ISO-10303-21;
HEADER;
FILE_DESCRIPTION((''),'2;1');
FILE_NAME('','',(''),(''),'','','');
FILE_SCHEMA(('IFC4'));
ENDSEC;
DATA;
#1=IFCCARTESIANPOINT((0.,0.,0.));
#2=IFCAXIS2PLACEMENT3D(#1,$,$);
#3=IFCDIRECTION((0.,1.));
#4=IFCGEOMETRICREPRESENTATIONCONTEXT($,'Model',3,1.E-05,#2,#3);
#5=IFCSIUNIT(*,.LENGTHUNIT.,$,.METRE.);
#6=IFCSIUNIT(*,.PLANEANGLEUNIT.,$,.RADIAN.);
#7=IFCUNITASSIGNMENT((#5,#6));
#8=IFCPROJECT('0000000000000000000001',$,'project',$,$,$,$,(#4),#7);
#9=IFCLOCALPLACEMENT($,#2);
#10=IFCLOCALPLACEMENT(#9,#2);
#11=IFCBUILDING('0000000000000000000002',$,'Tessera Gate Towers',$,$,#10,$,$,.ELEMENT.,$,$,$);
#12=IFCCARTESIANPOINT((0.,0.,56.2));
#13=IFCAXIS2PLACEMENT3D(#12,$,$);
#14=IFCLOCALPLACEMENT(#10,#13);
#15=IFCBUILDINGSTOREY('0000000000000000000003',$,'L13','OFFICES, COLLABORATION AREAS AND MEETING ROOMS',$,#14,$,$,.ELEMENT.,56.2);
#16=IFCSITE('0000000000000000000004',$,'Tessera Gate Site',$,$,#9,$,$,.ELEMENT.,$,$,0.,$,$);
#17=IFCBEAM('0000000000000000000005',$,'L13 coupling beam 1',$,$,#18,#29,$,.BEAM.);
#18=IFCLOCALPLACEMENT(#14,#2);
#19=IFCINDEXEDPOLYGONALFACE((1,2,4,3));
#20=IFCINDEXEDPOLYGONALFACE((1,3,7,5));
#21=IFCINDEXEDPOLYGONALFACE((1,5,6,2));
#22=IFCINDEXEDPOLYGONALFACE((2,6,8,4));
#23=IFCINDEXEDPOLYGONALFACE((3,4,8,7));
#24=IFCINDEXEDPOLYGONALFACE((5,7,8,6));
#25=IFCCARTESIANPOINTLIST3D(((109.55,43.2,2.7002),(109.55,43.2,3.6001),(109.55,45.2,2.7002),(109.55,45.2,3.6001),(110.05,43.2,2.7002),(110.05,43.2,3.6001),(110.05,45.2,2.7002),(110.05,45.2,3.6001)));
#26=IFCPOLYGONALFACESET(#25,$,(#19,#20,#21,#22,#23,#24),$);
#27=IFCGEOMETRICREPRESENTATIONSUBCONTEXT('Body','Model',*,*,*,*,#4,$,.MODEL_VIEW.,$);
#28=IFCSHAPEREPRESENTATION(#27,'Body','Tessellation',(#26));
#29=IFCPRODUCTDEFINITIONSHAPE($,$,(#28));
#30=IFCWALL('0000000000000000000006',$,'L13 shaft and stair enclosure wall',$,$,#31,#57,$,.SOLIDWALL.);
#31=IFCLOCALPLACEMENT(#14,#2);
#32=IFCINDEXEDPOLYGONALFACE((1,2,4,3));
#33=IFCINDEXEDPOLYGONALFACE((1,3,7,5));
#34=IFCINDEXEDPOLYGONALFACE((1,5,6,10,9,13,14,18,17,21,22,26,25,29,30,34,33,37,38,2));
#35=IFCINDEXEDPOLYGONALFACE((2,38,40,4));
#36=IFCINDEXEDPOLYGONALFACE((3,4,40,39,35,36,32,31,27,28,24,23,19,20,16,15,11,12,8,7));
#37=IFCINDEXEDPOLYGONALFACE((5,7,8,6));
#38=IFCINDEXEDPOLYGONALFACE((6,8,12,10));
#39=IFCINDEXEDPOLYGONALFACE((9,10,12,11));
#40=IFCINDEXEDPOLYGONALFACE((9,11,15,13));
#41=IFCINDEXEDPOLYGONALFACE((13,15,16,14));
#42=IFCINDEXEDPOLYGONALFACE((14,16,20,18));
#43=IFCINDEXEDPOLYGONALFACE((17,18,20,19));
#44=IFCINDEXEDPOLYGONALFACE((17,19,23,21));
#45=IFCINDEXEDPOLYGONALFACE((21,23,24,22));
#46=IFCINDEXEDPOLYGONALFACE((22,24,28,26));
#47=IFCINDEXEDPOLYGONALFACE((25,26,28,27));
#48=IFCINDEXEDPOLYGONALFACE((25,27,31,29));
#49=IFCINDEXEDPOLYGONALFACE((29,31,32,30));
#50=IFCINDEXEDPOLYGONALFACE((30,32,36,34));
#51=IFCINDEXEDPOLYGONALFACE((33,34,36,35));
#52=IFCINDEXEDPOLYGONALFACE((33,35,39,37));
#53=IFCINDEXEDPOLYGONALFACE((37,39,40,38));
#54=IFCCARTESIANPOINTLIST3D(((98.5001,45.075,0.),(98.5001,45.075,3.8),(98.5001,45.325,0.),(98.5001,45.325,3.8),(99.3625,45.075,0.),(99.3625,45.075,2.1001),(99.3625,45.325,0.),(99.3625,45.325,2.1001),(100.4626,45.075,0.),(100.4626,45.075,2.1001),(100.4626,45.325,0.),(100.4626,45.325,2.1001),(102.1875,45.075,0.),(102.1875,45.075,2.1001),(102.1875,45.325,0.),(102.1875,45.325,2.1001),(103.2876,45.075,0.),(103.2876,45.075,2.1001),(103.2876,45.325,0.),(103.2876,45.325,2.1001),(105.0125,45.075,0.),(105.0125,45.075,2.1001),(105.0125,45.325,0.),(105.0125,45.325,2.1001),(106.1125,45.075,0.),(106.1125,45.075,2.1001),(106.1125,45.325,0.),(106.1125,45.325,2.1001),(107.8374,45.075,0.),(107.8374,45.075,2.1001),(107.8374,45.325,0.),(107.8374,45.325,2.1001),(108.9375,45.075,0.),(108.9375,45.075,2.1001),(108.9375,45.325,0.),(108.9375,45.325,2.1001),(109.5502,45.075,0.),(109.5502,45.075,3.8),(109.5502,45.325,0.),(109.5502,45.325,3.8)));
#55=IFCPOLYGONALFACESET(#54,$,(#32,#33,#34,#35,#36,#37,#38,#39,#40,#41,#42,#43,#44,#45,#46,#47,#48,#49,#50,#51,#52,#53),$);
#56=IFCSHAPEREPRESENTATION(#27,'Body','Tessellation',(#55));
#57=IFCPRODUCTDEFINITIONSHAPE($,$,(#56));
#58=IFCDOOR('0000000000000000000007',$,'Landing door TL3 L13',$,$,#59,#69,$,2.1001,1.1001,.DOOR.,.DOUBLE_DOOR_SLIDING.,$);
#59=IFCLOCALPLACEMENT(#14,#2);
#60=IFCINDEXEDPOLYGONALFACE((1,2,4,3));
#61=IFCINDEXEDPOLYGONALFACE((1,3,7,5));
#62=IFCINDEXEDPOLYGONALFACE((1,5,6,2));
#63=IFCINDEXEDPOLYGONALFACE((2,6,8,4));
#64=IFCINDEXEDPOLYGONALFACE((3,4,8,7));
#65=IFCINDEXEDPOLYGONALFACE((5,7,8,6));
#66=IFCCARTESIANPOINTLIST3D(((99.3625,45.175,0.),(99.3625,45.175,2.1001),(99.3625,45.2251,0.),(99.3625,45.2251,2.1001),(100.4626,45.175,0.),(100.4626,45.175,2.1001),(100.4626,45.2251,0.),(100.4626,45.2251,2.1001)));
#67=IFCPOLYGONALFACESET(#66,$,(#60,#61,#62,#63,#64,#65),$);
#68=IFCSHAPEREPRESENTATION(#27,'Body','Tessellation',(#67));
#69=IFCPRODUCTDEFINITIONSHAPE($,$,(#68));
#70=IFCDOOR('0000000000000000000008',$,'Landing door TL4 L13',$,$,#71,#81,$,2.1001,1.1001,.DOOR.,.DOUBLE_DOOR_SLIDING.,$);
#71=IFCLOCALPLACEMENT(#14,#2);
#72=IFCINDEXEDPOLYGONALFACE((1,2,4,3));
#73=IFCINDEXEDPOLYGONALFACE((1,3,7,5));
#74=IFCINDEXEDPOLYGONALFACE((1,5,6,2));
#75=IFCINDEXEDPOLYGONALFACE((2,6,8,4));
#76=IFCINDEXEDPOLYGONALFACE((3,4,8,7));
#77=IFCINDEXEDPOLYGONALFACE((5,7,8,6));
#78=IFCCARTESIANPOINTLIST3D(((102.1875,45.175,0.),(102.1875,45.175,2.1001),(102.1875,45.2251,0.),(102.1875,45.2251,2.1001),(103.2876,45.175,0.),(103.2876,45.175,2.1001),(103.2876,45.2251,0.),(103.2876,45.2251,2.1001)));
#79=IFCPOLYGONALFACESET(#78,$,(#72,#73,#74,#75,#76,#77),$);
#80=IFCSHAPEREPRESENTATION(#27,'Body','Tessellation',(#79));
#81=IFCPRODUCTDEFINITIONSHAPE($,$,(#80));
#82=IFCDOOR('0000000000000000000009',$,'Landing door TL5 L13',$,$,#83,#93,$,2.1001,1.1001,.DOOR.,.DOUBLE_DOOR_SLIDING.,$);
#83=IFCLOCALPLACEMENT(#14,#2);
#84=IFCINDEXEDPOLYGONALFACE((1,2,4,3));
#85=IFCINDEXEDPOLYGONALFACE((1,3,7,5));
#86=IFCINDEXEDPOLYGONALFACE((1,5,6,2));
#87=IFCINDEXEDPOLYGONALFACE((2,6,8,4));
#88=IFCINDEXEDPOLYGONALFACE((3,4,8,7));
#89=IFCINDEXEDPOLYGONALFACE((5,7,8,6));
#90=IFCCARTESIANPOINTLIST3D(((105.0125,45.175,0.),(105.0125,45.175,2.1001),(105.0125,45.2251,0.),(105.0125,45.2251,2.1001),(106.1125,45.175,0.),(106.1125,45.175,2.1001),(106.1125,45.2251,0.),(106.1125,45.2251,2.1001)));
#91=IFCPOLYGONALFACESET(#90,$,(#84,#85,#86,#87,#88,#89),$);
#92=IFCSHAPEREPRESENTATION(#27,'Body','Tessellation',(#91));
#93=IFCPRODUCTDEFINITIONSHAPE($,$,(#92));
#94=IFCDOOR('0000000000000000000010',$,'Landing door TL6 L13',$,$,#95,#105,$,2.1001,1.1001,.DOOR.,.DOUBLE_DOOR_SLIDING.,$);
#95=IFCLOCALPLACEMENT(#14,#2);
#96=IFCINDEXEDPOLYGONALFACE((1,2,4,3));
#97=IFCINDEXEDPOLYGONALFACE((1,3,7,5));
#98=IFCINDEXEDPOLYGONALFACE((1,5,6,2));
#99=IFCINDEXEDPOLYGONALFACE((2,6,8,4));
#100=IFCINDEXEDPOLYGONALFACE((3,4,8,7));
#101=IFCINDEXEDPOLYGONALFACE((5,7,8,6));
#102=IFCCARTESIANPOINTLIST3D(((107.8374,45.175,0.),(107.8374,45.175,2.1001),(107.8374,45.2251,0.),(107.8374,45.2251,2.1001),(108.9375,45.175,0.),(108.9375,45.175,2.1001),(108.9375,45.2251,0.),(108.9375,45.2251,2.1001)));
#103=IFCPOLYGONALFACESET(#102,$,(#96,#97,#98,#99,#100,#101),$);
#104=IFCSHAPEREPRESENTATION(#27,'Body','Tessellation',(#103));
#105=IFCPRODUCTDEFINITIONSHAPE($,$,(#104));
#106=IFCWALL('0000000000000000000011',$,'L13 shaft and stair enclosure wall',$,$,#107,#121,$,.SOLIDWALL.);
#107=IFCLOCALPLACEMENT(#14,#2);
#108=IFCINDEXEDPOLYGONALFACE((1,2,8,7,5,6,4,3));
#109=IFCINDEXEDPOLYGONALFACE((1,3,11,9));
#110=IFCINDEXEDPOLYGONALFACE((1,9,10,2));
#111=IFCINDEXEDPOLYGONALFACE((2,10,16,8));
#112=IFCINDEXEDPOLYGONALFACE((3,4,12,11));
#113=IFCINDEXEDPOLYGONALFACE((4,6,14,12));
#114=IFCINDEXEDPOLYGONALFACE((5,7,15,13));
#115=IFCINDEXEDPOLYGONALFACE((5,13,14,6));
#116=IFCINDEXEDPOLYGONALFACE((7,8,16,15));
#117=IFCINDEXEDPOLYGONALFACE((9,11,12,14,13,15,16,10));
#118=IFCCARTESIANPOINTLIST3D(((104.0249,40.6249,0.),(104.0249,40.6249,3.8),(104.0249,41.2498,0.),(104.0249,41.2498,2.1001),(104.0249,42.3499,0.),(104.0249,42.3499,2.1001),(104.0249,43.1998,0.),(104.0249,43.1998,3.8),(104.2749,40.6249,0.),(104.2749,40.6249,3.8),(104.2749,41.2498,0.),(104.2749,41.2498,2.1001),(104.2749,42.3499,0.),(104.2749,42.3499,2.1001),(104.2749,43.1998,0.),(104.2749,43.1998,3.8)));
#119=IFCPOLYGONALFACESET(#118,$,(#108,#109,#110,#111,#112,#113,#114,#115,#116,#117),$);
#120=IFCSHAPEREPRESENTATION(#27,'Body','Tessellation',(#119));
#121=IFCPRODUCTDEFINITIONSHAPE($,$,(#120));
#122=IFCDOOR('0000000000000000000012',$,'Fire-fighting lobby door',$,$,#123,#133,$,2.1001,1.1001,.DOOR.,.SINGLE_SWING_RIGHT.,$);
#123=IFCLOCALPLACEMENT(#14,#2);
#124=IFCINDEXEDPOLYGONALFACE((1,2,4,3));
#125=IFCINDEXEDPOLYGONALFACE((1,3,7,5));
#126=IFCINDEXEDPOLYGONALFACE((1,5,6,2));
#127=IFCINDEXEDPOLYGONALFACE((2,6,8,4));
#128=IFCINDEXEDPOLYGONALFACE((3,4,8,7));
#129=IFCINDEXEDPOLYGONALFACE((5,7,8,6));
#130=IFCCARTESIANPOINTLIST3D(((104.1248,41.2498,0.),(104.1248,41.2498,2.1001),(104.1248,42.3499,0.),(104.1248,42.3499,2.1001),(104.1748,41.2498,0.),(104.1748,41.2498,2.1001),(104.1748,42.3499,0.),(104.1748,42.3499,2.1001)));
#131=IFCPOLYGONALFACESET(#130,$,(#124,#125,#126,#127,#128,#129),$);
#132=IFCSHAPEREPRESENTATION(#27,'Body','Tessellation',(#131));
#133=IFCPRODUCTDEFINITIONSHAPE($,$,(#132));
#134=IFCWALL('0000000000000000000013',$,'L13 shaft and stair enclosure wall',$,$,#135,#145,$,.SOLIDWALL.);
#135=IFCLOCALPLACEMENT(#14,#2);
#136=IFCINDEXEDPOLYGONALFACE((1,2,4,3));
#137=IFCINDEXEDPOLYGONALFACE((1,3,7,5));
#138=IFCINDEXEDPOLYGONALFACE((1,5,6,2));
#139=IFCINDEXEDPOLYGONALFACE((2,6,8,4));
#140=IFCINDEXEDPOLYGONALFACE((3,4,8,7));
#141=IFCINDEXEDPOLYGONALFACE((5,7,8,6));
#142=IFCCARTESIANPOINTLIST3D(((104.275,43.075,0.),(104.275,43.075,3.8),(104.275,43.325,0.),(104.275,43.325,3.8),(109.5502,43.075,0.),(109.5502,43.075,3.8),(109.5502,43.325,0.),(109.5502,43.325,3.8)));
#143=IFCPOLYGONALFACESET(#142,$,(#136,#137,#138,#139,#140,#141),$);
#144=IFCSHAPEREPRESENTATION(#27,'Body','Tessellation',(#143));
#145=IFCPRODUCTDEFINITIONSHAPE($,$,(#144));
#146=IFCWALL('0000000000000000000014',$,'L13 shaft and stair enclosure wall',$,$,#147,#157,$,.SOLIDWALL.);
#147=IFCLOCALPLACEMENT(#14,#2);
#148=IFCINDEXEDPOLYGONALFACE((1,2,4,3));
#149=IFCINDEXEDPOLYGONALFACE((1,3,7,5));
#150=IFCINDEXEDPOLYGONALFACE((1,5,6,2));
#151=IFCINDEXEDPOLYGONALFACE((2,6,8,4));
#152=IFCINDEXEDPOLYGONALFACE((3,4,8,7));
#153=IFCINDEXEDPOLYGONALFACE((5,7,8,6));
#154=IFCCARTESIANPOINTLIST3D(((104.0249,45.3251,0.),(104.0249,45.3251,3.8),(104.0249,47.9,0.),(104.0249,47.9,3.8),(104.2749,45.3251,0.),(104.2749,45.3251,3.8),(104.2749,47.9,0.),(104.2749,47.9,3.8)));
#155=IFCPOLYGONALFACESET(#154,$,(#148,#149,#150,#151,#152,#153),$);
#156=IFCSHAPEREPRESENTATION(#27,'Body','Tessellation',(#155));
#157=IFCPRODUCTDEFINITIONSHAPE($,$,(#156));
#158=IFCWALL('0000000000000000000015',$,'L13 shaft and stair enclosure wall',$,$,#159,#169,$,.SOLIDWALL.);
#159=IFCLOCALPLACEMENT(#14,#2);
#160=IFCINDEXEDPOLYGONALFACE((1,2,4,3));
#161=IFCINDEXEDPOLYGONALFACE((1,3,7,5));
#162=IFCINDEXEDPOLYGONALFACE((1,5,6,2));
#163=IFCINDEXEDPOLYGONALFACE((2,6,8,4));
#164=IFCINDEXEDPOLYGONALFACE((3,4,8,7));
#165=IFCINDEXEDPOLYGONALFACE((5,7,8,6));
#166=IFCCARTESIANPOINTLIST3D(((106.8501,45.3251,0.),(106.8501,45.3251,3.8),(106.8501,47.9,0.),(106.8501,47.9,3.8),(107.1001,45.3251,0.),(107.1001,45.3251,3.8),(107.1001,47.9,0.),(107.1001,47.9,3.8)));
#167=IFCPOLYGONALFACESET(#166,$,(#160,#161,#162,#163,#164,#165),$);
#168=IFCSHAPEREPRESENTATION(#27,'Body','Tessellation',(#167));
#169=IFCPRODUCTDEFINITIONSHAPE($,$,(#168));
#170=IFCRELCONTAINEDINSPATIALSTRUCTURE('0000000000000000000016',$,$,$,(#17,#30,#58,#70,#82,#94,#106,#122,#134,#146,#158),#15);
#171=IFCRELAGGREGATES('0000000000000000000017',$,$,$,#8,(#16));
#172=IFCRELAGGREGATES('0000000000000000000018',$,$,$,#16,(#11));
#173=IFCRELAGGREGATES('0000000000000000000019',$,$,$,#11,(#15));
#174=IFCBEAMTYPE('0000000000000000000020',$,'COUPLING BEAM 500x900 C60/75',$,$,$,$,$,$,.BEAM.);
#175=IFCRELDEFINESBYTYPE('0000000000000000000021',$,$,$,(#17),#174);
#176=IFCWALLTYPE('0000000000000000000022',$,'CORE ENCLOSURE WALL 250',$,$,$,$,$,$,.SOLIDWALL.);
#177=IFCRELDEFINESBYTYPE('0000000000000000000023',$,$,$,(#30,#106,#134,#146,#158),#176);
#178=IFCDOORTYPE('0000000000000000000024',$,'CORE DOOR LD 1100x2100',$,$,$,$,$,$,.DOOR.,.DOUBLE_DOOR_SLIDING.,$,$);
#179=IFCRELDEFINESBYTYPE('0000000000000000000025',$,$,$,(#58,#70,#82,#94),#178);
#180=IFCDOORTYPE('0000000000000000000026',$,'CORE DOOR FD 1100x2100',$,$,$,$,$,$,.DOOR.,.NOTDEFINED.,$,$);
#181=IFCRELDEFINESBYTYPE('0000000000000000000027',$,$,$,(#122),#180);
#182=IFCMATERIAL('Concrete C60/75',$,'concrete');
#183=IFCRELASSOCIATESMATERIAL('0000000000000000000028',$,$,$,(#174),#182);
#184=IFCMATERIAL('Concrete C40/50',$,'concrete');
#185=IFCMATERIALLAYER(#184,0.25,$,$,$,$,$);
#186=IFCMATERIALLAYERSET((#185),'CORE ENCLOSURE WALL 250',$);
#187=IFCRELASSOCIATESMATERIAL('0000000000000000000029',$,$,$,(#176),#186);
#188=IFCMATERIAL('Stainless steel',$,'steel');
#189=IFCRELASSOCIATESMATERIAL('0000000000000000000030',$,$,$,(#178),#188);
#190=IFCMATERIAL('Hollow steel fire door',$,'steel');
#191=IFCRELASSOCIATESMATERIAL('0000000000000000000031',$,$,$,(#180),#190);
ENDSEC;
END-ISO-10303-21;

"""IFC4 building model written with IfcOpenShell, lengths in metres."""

from ifc_helpers import new_model, si_unit, direction, frame, frame_2d, origin, origin_2d, place, context, subcontext, project, spatial, rectangle, extrude, source, transform, mapped, material, layer, layer_set, material_profile, profile_set, type_object, element, fill, save


model = new_model("IFC4")

# Units and contexts
model_context = context("Model", 3, precision=1e-05, world=origin(), true_north=direction((0.0, 1.0)))
body_context = subcontext(model_context, "Body", "Model", "MODEL_VIEW")
ifc_project = project(units=[si_unit("LENGTHUNIT", "METRE"), si_unit("PLANEANGLEUNIT", "RADIAN")], contexts=[model_context])

# Site, building, storey
site_placement = place(None, origin())
site = spatial("IfcSite", under=ifc_project, at=site_placement, Name="Tessera Gate Site", CompositionType="ELEMENT", RefElevation=0.0)
building_placement = place(site_placement, origin())
building = spatial("IfcBuilding", under=site, at=building_placement, Name="Tessera Gate Towers", CompositionType="ELEMENT")
storey_placement = place(building_placement, frame((0.0, 0.0, 56.2)))
storey = spatial("IfcBuildingStorey", under=building, at=storey_placement, Name="L13", Description="OFFICES, COLLABORATION AREAS AND MEETING ROOMS", CompositionType="ELEMENT", Elevation=56.2)

# Beam
ifc_material_1 = material(Name="Concrete C60/75", Category="concrete")
ifc_material_profile = material_profile(ifc_material_1, rectangle(XDim=0.5, YDim=0.8999, at=origin_2d()), Name="RC 500x900")
ifc_profile_set = profile_set([ifc_material_profile], Name="Concrete C60/75")
beam_type = type_object("IfcBeamType", Name="COUPLING BEAM 500x900 C60/75", PredefinedType="BEAM", material=ifc_profile_set)
beam_placement = place(storey_placement, frame((109.8, 43.2, 3.1501), z_axis=(0.0, 1.0, 0.0), x_axis=(-1.0, 0.0, 0.0)))
element("IfcBeam", 1, at=beam_placement, inside=storey, type_object=beam_type, Name="L13 coupling beam 1", PredefinedType="BEAM", context=body_context, shape_type="SweptSolid", body=[
    extrude(rectangle(XDim=0.5, YDim=0.8999, at=origin_2d()), origin(), (0.0, 0.0, 1.0), 2.0),
])

# Wall, openings, doors
ifc_material_2 = material(Name="Concrete C40/50", Category="concrete")
ifc_layer_1 = layer(ifc_material_2, 0.25)
ifc_layer_set_1 = layer_set([ifc_layer_1], Name="CORE ENCLOSURE WALL 250")
wall_type_1 = type_object("IfcWallType", Name="CORE ENCLOSURE WALL 250", PredefinedType="SOLIDWALL", material=ifc_layer_set_1)
wall_1_placement = place(storey_placement, frame((109.55, 45.2, 0.0), z_axis=(0.0, 0.0, 1.0), x_axis=(-1.0, 0.0, 0.0)))
wall_1 = element("IfcWall", 2, at=wall_1_placement, inside=storey, type_object=wall_type_1, Name="L13 shaft and stair enclosure wall", PredefinedType="SOLIDWALL", context=body_context, shape_type="SweptSolid", body=[
    extrude(rectangle(XDim=11.05, YDim=0.25, at=frame_2d((5.5249, 0.0))), origin(), (0.0, 0.0, 1.0), 3.8),
])
shared_shape_1 = source(origin(), body_context, "Body", "SweptSolid", [
    extrude(rectangle(XDim=1.1001, YDim=2.1001, at=frame_2d((0.55, 1.05))), frame((0.0, 0.135, 0.0), z_axis=(0.0, -1.0, 0.0), x_axis=(1.0, 0.0, 0.0)), (0.0, 0.0, 1.0), 0.27),
])
opening_1_placement = place(wall_1_placement, frame((9.0874, 0.0, 0.0)))
opening_1 = element("IfcOpeningElement", 3, at=opening_1_placement, cuts=wall_1, PredefinedType="OPENING", context=body_context, shape_type="MappedRepresentation", body=[
    mapped(shared_shape_1, transform((0.0, 0.0, 0.0), scale=1.0)),
])
opening_2_placement = place(wall_1_placement, frame((6.2625, 0.0, 0.0)))
opening_2 = element("IfcOpeningElement", 4, at=opening_2_placement, cuts=wall_1, PredefinedType="OPENING", context=body_context, shape_type="MappedRepresentation", body=[
    mapped(shared_shape_1, transform((0.0, 0.0, 0.0), scale=1.0)),
])
opening_3_placement = place(wall_1_placement, frame((3.4375, 0.0, 0.0)))
opening_3 = element("IfcOpeningElement", 5, at=opening_3_placement, cuts=wall_1, PredefinedType="OPENING", context=body_context, shape_type="MappedRepresentation", body=[
    mapped(shared_shape_1, transform((0.0, 0.0, 0.0), scale=1.0)),
])
opening_4_placement = place(wall_1_placement, frame((0.6125, 0.0, 0.0)))
opening_4 = element("IfcOpeningElement", 6, at=opening_4_placement, cuts=wall_1, PredefinedType="OPENING", context=body_context, shape_type="MappedRepresentation", body=[
    mapped(shared_shape_1, transform((0.0, 0.0, 0.0), scale=1.0)),
])
ifc_material_3 = material(Name="Stainless steel", Category="steel")
door_type_1 = type_object("IfcDoorType", Name="CORE DOOR LD 1100x2100", OperationType="DOUBLE_DOOR_SLIDING", PredefinedType="DOOR", material=ifc_material_3)
shared_shape_2 = source(origin(), body_context, "Body", "SweptSolid", [
    extrude(rectangle(XDim=1.1001, YDim=2.1001, at=frame_2d((0.55, 1.05))), frame((0.0, 0.0249, 0.0), z_axis=(0.0, -1.0, 0.0), x_axis=(1.0, 0.0, 0.0)), (0.0, 0.0, 1.0), 0.05),
])
door_1_placement = place(opening_1_placement, origin())
door_1 = element("IfcDoor", 7, at=door_1_placement, inside=storey, type_object=door_type_1, Name="Landing door TL3 L13", OperationType="DOUBLE_DOOR_SLIDING", OverallHeight=2.1001, OverallWidth=1.1001, PredefinedType="DOOR", context=body_context, shape_type="MappedRepresentation", body=[
    mapped(shared_shape_2, transform((0.0, 0.0, 0.0), scale=1.0)),
])
fill(opening_1, door_1)
door_2_placement = place(opening_2_placement, origin())
door_2 = element("IfcDoor", 8, at=door_2_placement, inside=storey, type_object=door_type_1, Name="Landing door TL4 L13", OperationType="DOUBLE_DOOR_SLIDING", OverallHeight=2.1001, OverallWidth=1.1001, PredefinedType="DOOR", context=body_context, shape_type="MappedRepresentation", body=[
    mapped(shared_shape_2, transform((0.0, 0.0, 0.0), scale=1.0)),
])
fill(opening_2, door_2)
door_3_placement = place(opening_3_placement, origin())
door_3 = element("IfcDoor", 9, at=door_3_placement, inside=storey, type_object=door_type_1, Name="Landing door TL5 L13", OperationType="DOUBLE_DOOR_SLIDING", OverallHeight=2.1001, OverallWidth=1.1001, PredefinedType="DOOR", context=body_context, shape_type="MappedRepresentation", body=[
    mapped(shared_shape_2, transform((0.0, 0.0, 0.0), scale=1.0)),
])
fill(opening_3, door_3)
door_4_placement = place(opening_4_placement, origin())
door_4 = element("IfcDoor", 10, at=door_4_placement, inside=storey, type_object=door_type_1, Name="Landing door TL6 L13", OperationType="DOUBLE_DOOR_SLIDING", OverallHeight=2.1001, OverallWidth=1.1001, PredefinedType="DOOR", context=body_context, shape_type="MappedRepresentation", body=[
    mapped(shared_shape_2, transform((0.0, 0.0, 0.0), scale=1.0)),
])
fill(opening_4, door_4)

# Wall, opening, door
wall_2_placement = place(storey_placement, frame((104.1499, 43.2, 0.0), z_axis=(0.0, 0.0, 1.0), x_axis=(0.0, -1.0, 0.0)))
wall_2 = element("IfcWall", 11, at=wall_2_placement, inside=storey, type_object=wall_type_1, Name="L13 shaft and stair enclosure wall", PredefinedType="SOLIDWALL", context=body_context, shape_type="SweptSolid", body=[
    extrude(rectangle(XDim=2.575, YDim=0.25, at=frame_2d((1.2876, 0.0))), origin(), (0.0, 0.0, 1.0), 3.8),
])
opening_5_placement = place(wall_2_placement, frame((0.8501, 0.0, 0.0)))
opening_5 = element("IfcOpeningElement", 12, at=opening_5_placement, cuts=wall_2, PredefinedType="OPENING", context=body_context, shape_type="MappedRepresentation", body=[
    mapped(shared_shape_1, transform((0.0, 0.0, 0.0), scale=1.0)),
])
ifc_material_4 = material(Name="Hollow steel fire door", Category="steel")
door_type_2 = type_object("IfcDoorType", Name="CORE DOOR FD 1100x2100", OperationType="NOTDEFINED", PredefinedType="DOOR", material=ifc_material_4)
door_5_placement = place(opening_5_placement, origin())
door_5 = element("IfcDoor", 13, at=door_5_placement, inside=storey, type_object=door_type_2, Name="Fire-fighting lobby door", OperationType="SINGLE_SWING_RIGHT", OverallHeight=2.1001, OverallWidth=1.1001, PredefinedType="DOOR", context=body_context, shape_type="MappedRepresentation", body=[
    mapped(shared_shape_2, transform((0.0, 0.0, 0.0), scale=1.0)),
])
fill(opening_5, door_5)

# Walls
wall_3_placement = place(storey_placement, frame((104.2749, 43.2, 0.0), z_axis=(0.0, 0.0, 1.0), x_axis=(1.0, 0.0, 0.0)))
element("IfcWall", 14, at=wall_3_placement, inside=storey, type_object=wall_type_1, Name="L13 shaft and stair enclosure wall", PredefinedType="SOLIDWALL", context=body_context, shape_type="SweptSolid", body=[
    extrude(rectangle(XDim=5.2751, YDim=0.25, at=frame_2d((2.6377, 0.0))), origin(), (0.0, 0.0, 1.0), 3.8),
])
for number, where, z_axis, x_axis, name in (
    (15, (104.1499, 45.325, 0.0), (0.0, 0.0, 1.0), (0.0, 1.0, 0.0), "L13 shaft and stair enclosure wall"),
    (16, (106.9751, 45.325, 0.0), (0.0, 0.0, 1.0), (0.0, 1.0, 0.0), "L13 shaft and stair enclosure wall"),
):
    element("IfcWall", number, at=place(storey_placement, frame(where, z_axis=z_axis, x_axis=x_axis)), inside=storey, type_object=wall_type_1, Name=name, PredefinedType="SOLIDWALL", context=body_context, shape_type="SweptSolid", body=[
        extrude(rectangle(XDim=2.575, YDim=0.25, at=frame_2d((1.2876, 0.0))), origin(), (0.0, 0.0, 1.0), 3.8),
    ])

save(model, "model.ifc")
